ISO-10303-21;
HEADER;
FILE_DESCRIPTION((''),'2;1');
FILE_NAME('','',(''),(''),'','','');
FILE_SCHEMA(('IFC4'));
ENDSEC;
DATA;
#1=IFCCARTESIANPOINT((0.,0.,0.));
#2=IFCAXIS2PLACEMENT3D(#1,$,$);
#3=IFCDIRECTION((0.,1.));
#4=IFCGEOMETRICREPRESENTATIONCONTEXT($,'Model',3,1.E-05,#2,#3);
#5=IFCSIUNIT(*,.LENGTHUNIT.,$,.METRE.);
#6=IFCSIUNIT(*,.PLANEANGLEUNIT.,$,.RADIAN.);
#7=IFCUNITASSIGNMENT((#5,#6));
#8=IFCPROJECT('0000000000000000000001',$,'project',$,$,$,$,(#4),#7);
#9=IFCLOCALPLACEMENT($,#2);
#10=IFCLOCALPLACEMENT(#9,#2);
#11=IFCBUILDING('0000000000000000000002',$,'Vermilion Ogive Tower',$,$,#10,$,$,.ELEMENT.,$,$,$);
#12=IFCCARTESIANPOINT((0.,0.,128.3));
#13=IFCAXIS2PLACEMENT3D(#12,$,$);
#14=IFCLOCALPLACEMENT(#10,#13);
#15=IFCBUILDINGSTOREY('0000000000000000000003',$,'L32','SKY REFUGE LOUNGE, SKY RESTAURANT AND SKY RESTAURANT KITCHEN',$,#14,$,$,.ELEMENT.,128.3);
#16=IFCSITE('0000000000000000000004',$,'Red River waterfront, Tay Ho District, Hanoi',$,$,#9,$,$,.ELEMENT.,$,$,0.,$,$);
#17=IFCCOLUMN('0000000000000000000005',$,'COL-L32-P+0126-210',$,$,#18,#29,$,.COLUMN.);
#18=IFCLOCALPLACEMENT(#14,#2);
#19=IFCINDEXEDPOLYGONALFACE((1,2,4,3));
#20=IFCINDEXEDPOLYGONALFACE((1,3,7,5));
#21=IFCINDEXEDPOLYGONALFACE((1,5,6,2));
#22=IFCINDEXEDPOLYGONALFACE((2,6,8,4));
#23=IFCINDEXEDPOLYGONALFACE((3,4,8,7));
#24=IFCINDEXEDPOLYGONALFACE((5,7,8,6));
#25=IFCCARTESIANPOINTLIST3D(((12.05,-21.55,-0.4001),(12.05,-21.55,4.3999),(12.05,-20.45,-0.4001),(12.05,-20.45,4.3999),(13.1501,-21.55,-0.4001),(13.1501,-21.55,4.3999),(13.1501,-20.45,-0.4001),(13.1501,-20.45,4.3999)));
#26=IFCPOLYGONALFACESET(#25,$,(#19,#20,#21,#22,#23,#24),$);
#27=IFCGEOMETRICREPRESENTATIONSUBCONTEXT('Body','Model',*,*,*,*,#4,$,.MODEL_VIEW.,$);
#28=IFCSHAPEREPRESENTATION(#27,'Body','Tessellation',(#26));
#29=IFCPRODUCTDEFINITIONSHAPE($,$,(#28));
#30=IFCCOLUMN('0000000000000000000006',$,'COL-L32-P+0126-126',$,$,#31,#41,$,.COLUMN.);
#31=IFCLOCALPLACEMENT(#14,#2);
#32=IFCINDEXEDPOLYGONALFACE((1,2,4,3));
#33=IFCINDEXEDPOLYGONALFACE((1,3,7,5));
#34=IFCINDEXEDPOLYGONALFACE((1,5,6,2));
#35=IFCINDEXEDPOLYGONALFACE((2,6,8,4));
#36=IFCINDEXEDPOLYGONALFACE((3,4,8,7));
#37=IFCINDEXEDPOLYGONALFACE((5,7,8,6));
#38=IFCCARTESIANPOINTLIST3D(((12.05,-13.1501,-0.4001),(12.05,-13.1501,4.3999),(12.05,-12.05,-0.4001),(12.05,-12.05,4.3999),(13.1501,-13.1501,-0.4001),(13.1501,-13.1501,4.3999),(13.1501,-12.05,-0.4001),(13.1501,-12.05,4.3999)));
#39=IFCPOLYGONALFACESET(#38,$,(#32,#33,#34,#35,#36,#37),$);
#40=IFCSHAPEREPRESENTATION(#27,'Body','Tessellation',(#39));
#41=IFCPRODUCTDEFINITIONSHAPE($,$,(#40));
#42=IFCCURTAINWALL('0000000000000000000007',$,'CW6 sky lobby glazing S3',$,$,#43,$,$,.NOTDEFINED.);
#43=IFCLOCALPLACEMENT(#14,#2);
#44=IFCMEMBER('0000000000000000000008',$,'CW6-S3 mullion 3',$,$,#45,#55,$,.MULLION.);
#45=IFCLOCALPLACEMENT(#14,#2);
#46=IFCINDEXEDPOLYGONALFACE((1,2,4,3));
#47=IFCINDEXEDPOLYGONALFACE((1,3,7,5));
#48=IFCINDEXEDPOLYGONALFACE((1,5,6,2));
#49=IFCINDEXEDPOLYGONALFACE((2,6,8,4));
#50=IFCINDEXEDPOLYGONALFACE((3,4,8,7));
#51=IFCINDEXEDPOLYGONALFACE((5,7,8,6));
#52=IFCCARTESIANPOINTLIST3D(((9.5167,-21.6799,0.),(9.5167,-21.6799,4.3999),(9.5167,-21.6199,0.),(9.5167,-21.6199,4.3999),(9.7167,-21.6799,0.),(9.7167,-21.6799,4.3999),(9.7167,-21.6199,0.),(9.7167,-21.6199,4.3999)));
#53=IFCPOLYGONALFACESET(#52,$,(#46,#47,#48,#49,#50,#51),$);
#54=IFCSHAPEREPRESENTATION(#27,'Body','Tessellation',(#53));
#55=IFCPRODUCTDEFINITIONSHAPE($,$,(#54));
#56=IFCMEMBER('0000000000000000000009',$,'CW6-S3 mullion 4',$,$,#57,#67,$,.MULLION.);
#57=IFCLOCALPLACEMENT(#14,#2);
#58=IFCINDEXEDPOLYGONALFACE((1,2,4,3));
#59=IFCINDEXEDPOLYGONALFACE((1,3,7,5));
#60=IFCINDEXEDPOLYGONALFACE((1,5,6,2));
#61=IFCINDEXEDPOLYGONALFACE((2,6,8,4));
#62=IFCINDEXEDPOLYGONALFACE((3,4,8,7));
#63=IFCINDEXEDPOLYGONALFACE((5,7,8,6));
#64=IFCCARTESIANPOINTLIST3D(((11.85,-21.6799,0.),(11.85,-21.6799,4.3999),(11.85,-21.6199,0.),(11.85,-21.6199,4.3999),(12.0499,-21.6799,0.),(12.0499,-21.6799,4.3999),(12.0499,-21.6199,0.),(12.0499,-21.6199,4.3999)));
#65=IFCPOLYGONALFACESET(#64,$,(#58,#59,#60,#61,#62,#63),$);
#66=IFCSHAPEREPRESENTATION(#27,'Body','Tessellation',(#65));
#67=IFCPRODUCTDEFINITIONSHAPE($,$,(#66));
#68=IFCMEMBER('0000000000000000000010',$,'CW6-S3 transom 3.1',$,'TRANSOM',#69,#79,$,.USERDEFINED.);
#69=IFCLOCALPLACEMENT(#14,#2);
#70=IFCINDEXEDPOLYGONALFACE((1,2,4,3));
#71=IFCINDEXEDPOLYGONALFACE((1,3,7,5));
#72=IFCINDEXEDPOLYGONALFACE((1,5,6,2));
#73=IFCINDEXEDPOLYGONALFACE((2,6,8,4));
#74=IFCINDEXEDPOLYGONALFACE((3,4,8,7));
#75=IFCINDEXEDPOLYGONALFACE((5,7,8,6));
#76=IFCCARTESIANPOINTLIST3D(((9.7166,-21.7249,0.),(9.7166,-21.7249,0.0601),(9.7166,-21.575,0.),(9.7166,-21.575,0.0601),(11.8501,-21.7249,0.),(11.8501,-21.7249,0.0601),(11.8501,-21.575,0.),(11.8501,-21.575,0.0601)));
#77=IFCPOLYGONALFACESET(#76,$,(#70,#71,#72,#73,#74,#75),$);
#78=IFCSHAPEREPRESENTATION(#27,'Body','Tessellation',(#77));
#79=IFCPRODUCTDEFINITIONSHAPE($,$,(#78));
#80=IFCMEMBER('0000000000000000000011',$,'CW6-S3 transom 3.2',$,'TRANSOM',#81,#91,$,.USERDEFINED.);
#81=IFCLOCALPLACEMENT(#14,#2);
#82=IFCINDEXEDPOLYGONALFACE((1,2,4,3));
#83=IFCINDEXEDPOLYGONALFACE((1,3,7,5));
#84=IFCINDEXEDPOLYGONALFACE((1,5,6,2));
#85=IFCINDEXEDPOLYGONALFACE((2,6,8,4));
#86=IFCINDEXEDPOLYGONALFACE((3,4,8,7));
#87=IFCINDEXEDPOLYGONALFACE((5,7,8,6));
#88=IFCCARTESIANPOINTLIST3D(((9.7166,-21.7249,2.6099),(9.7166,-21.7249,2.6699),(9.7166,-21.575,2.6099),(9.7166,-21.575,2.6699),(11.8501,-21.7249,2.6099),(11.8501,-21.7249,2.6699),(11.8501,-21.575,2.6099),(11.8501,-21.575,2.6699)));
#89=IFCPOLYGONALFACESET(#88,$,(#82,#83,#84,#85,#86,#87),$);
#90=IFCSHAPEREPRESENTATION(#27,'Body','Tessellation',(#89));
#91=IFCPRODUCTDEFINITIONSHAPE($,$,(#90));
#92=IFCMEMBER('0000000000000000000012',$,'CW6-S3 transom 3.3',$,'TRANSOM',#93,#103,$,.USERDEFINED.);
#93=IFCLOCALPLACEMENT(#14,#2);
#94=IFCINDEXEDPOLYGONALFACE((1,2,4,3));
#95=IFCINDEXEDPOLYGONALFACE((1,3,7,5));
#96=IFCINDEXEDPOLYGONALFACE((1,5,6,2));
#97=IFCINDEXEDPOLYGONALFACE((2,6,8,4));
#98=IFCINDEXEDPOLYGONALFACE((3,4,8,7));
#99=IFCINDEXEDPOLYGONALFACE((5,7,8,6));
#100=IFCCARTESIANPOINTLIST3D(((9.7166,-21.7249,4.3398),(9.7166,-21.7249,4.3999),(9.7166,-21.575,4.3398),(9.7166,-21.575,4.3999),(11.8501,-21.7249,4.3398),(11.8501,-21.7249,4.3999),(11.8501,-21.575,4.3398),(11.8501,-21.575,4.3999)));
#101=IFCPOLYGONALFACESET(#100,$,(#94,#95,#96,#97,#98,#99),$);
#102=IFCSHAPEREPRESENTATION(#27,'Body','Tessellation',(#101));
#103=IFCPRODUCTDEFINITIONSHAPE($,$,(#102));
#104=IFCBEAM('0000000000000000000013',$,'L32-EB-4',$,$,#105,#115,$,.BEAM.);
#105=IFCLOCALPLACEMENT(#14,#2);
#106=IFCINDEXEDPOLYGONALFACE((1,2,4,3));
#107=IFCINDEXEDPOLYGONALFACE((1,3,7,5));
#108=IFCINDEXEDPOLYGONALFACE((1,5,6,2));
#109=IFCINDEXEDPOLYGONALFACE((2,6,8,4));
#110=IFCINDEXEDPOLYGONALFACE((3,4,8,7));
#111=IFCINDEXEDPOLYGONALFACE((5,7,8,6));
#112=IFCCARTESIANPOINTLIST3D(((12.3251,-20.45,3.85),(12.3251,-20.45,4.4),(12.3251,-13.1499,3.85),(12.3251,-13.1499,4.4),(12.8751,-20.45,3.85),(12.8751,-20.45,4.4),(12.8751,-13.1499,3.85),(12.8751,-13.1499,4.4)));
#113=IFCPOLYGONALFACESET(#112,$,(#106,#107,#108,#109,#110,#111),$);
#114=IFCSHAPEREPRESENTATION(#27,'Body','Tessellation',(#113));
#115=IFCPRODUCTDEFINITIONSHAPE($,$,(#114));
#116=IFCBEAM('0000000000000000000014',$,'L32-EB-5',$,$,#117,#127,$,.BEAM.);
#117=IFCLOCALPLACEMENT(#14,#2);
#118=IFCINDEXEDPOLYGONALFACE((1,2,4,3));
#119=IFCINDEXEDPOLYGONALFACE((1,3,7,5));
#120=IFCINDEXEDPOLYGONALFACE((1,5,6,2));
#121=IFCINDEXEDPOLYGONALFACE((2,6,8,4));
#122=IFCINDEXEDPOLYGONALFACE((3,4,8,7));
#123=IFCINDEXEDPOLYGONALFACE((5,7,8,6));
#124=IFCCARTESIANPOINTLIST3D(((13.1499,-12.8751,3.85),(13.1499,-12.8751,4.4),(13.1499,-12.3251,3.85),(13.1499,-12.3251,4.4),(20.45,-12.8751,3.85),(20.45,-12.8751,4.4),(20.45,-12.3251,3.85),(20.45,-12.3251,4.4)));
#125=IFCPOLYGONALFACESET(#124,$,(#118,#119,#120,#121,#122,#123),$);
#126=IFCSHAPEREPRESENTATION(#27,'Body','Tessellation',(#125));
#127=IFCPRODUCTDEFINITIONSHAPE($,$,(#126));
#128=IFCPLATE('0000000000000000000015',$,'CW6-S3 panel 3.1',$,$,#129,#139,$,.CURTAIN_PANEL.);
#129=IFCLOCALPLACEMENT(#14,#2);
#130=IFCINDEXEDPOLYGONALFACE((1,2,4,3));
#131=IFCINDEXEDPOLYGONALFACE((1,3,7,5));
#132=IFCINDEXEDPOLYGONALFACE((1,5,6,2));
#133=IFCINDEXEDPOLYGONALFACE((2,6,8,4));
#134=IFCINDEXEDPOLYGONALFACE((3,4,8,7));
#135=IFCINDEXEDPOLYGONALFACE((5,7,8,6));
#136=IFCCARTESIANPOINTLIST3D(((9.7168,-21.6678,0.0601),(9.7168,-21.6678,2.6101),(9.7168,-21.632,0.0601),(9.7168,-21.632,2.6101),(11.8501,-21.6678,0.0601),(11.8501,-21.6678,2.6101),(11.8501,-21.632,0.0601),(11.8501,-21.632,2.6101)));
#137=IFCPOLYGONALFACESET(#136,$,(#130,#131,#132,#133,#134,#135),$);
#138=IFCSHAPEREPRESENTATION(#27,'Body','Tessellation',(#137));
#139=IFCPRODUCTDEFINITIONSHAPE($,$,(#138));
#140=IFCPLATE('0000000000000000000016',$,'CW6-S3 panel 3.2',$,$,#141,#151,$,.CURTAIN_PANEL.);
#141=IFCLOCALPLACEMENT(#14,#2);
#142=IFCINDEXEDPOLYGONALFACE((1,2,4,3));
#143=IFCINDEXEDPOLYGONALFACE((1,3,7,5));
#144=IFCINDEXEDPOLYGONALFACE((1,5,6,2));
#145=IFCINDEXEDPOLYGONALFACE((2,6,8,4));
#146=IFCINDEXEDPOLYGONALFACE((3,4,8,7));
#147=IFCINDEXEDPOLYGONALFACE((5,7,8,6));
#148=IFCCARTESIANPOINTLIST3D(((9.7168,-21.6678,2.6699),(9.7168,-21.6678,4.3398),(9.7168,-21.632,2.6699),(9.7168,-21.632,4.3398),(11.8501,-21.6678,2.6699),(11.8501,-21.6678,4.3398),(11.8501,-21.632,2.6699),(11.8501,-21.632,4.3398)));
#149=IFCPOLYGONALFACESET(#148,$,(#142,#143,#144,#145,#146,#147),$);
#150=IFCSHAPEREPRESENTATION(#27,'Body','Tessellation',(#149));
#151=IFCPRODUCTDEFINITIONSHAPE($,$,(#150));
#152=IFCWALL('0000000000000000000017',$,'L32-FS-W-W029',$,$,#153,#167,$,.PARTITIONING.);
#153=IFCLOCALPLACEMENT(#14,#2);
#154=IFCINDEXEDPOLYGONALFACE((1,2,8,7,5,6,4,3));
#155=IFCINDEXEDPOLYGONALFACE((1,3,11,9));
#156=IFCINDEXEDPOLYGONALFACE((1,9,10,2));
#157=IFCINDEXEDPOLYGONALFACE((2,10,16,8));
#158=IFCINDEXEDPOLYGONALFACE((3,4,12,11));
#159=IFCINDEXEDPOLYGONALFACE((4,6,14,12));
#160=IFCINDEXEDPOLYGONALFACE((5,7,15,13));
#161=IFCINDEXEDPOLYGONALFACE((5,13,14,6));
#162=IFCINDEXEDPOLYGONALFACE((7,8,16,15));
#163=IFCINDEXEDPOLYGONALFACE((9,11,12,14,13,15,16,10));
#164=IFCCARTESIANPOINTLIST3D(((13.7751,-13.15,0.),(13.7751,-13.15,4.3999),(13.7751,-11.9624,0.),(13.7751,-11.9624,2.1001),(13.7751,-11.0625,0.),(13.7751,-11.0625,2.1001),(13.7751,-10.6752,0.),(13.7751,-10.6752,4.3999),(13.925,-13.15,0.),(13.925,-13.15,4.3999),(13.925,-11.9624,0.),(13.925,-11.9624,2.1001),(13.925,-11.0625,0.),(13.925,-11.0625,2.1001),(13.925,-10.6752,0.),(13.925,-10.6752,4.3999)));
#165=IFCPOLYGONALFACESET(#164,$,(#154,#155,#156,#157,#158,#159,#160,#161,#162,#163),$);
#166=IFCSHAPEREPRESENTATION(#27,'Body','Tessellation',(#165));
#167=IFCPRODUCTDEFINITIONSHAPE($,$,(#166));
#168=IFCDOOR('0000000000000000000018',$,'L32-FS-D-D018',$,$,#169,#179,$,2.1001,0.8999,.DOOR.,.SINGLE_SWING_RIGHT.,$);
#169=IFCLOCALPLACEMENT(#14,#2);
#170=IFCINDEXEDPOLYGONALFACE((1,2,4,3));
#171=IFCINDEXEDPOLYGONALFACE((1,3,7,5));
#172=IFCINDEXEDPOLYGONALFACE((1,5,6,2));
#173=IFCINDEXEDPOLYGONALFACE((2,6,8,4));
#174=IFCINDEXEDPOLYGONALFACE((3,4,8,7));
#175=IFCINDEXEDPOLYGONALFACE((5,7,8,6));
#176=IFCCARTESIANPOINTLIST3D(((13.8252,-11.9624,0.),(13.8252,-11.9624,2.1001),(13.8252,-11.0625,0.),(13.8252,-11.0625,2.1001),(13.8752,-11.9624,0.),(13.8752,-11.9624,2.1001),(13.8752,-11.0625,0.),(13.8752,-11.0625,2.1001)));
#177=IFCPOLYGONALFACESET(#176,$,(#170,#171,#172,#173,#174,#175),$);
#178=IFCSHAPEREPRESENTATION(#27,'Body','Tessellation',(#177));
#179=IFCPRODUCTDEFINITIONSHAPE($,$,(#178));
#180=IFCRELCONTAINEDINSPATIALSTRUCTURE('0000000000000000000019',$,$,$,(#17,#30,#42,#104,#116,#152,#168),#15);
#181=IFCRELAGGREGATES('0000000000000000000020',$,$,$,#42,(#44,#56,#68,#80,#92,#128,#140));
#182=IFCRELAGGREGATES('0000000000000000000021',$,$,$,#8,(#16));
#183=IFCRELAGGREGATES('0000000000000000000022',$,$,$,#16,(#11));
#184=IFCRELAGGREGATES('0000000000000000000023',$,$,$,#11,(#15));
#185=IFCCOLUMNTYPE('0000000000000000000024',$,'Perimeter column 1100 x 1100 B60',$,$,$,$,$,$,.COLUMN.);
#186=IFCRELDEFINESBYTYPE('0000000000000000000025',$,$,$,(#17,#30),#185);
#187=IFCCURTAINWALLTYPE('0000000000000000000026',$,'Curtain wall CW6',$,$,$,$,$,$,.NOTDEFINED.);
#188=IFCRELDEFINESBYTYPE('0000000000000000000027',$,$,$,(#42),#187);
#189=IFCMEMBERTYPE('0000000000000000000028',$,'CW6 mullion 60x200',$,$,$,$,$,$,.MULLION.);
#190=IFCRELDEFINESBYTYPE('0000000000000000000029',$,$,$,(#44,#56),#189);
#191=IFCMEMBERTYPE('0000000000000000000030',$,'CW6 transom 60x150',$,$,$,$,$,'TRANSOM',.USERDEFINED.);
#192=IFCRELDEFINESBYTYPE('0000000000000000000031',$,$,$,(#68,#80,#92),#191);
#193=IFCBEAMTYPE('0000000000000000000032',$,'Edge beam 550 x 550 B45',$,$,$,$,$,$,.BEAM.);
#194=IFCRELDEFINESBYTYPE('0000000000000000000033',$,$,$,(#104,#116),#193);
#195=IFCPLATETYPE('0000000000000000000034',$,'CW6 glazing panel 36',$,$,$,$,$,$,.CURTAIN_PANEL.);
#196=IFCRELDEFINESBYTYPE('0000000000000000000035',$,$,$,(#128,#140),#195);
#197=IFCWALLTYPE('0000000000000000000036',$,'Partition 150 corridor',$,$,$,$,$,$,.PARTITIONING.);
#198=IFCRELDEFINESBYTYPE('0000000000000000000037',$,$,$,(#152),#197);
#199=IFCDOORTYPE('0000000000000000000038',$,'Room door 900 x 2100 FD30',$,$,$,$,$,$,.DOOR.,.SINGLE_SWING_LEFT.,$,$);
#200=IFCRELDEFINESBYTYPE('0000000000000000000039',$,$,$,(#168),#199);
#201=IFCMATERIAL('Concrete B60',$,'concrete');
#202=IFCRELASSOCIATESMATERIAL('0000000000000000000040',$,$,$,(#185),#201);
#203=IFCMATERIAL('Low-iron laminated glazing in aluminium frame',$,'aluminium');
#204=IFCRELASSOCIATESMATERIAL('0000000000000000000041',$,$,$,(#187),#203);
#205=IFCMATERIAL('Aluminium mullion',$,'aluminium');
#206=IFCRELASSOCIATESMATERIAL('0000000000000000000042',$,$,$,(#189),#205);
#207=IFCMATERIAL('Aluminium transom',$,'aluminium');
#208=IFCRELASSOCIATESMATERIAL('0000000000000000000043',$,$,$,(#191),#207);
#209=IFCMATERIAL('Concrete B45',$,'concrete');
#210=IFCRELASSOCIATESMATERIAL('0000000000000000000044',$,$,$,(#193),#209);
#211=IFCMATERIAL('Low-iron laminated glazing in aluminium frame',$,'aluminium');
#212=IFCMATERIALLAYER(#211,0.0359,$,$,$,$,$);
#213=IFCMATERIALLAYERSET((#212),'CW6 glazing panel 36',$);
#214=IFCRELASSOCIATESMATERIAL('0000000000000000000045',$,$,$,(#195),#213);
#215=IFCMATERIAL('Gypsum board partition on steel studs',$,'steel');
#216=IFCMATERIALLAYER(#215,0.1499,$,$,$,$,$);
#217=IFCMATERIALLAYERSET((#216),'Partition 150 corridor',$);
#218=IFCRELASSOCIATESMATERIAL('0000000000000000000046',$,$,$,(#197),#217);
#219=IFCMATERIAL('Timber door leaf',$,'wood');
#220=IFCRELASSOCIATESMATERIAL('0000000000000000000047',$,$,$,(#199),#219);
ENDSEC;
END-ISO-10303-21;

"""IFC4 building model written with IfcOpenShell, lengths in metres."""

from ifc_helpers import new_model, si_unit, direction, frame, frame_2d, origin, origin_2d, place, context, subcontext, project, spatial, rectangle, extrude, material, layer, layer_set, material_profile, profile_set, type_object, element, fill, aggregate, save


model = new_model("IFC4")

# Units and contexts
model_context = context("Model", 3, precision=1e-05, world=origin(), true_north=direction((0.0, 1.0)))
body_context = subcontext(model_context, "Body", "Model", "MODEL_VIEW")
ifc_project = project(units=[si_unit("LENGTHUNIT", "METRE"), si_unit("PLANEANGLEUNIT", "RADIAN")], contexts=[model_context])

# Site, building, storey
site_placement = place(None, origin())
site = spatial("IfcSite", under=ifc_project, at=site_placement, Name="Red River waterfront, Tay Ho District, Hanoi", CompositionType="ELEMENT", RefElevation=0.0)
building_placement = place(site_placement, origin())
building = spatial("IfcBuilding", under=site, at=building_placement, Name="Vermilion Ogive Tower", CompositionType="ELEMENT")
storey_placement = place(building_placement, frame((0.0, 0.0, 128.3)))
storey = spatial("IfcBuildingStorey", under=building, at=storey_placement, Name="L32", Description="SKY REFUGE LOUNGE, SKY RESTAURANT AND SKY RESTAURANT KITCHEN", CompositionType="ELEMENT", Elevation=128.3)

# Columns
ifc_material_1 = material(Name="Concrete B60", Category="concrete")
ifc_material_profile_1 = material_profile(ifc_material_1, rectangle(XDim=1.1001, YDim=1.1001, at=origin_2d()), Name="1100 x 1100")
ifc_profile_set_1 = profile_set([ifc_material_profile_1], Name="Concrete B60")
column_type = type_object("IfcColumnType", Name="Perimeter column 1100 x 1100 B60", PredefinedType="COLUMN", material=ifc_profile_set_1)
for number, where, z_axis, x_axis, name in (
    (1, (12.6001, -21.0, -0.4001), (0.0, 0.0, 1.0), (1.0, 0.0, 0.0), "COL-L32-P+0126-210"),
    (2, (12.6001, -12.6001, -0.4001), (0.0, 0.0, 1.0), (1.0, 0.0, 0.0), "COL-L32-P+0126-126"),
):
    element("IfcColumn", number, at=place(storey_placement, frame(where, z_axis=z_axis, x_axis=x_axis)), inside=storey, type_object=column_type, Name=name, PredefinedType="COLUMN", context=body_context, shape_type="SweptSolid", body=[
        extrude(rectangle(XDim=1.1001, YDim=1.1001, at=origin_2d()), origin(), (0.0, 0.0, 1.0), 4.8),
    ])

# Curtain wall, members
ifc_material_2 = material(Name="Low-iron laminated glazing in aluminium frame", Category="aluminium")
curtain_wall_type = type_object("IfcCurtainWallType", Name="Curtain wall CW6", PredefinedType="NOTDEFINED", material=ifc_material_2)
curtain_wall_placement = place(storey_placement, origin())
curtain_wall = element("IfcCurtainWall", 3, at=curtain_wall_placement, inside=storey, type_object=curtain_wall_type, Name="CW6 sky lobby glazing S3", PredefinedType="NOTDEFINED")
ifc_material_3 = material(Name="Aluminium mullion", Category="aluminium")
ifc_material_profile_2 = material_profile(ifc_material_3, rectangle(XDim=0.0601, YDim=0.2, at=origin_2d()), Name="AL 60x200")
ifc_profile_set_2 = profile_set([ifc_material_profile_2], Name="Aluminium mullion")
member_type_1 = type_object("IfcMemberType", Name="CW6 mullion 60x200", PredefinedType="MULLION", material=ifc_profile_set_2)
member_1_placement = place(storey_placement, frame((9.6167, -21.6499, 0.0), z_axis=(0.0, 0.0, 1.0), x_axis=(0.0, 1.0, 0.0)))
member_1 = element("IfcMember", 4, at=member_1_placement, type_object=member_type_1, Name="CW6-S3 mullion 3", PredefinedType="MULLION", context=body_context, shape_type="SweptSolid", body=[
    extrude(rectangle(XDim=0.0601, YDim=0.2, at=origin_2d()), origin(), (0.0, 0.0, 1.0), 4.3999),
])
member_2_placement = place(storey_placement, frame((11.95, -21.6499, 0.0), z_axis=(0.0, 0.0, 1.0), x_axis=(0.0, 1.0, 0.0)))
member_2 = element("IfcMember", 5, at=member_2_placement, type_object=member_type_1, Name="CW6-S3 mullion 4", PredefinedType="MULLION", context=body_context, shape_type="SweptSolid", body=[
    extrude(rectangle(XDim=0.0601, YDim=0.2, at=origin_2d()), origin(), (0.0, 0.0, 1.0), 4.3999),
])
ifc_material_4 = material(Name="Aluminium transom", Category="aluminium")
ifc_material_profile_3 = material_profile(ifc_material_4, rectangle(XDim=0.1499, YDim=0.0601, at=origin_2d()), Name="AL 60x150")
ifc_profile_set_3 = profile_set([ifc_material_profile_3], Name="Aluminium transom")
member_type_2 = type_object("IfcMemberType", Name="CW6 transom 60x150", ElementType="TRANSOM", PredefinedType="USERDEFINED", material=ifc_profile_set_3)
member_3_placement = place(storey_placement, frame((9.7166, -21.6499, 0.03), z_axis=(1.0, 0.0, 0.0), x_axis=(0.0, 1.0, 0.0)))
member_3 = element("IfcMember", 6, at=member_3_placement, type_object=member_type_2, Name="CW6-S3 transom 3.1", ObjectType="TRANSOM", PredefinedType="USERDEFINED", context=body_context, shape_type="SweptSolid", body=[
    extrude(rectangle(XDim=0.1499, YDim=0.0601, at=origin_2d()), origin(), (0.0, 0.0, 1.0), 2.1335),
])
member_4_placement = place(storey_placement, frame((9.7166, -21.6499, 2.6399), z_axis=(1.0, 0.0, 0.0), x_axis=(0.0, 1.0, 0.0)))
member_4 = element("IfcMember", 7, at=member_4_placement, type_object=member_type_2, Name="CW6-S3 transom 3.2", ObjectType="TRANSOM", PredefinedType="USERDEFINED", context=body_context, shape_type="SweptSolid", body=[
    extrude(rectangle(XDim=0.1499, YDim=0.0601, at=origin_2d()), origin(), (0.0, 0.0, 1.0), 2.1335),
])
member_5_placement = place(storey_placement, frame((9.7166, -21.6499, 4.3699), z_axis=(1.0, 0.0, 0.0), x_axis=(0.0, 1.0, 0.0)))
member_5 = element("IfcMember", 8, at=member_5_placement, type_object=member_type_2, Name="CW6-S3 transom 3.3", ObjectType="TRANSOM", PredefinedType="USERDEFINED", context=body_context, shape_type="SweptSolid", body=[
    extrude(rectangle(XDim=0.1499, YDim=0.0601, at=origin_2d()), origin(), (0.0, 0.0, 1.0), 2.1335),
])

# Beams
ifc_material_5 = material(Name="Concrete B45", Category="concrete")
ifc_material_profile_4 = material_profile(ifc_material_5, rectangle(XDim=0.55, YDim=0.55, at=origin_2d()), Name="550 x 550")
ifc_profile_set_4 = profile_set([ifc_material_profile_4], Name="Concrete B45")
beam_type = type_object("IfcBeamType", Name="Edge beam 550 x 550 B45", PredefinedType="BEAM", material=ifc_profile_set_4)
for number, where, z_axis, x_axis, name in (
    (9, (12.6001, -20.45, 4.125), (0.0, 1.0, 0.0), (-1.0, 0.0, 0.0), "L32-EB-4"),
    (10, (13.1499, -12.6001, 4.125), (1.0, 0.0, 0.0), (0.0, 1.0, 0.0), "L32-EB-5"),
):
    element("IfcBeam", number, at=place(storey_placement, frame(where, z_axis=z_axis, x_axis=x_axis)), inside=storey, type_object=beam_type, Name=name, PredefinedType="BEAM", context=body_context, shape_type="SweptSolid", body=[
        extrude(rectangle(XDim=0.55, YDim=0.55, at=origin_2d()), origin(), (0.0, 0.0, 1.0), 7.3),
    ])

# Plates
ifc_material_6 = material(Name="Low-iron laminated glazing in aluminium frame", Category="aluminium")
ifc_layer_1 = layer(ifc_material_6, 0.0359)
ifc_layer_set_1 = layer_set([ifc_layer_1], Name="CW6 glazing panel 36")
plate_type = type_object("IfcPlateType", Name="CW6 glazing panel 36", PredefinedType="CURTAIN_PANEL", material=ifc_layer_set_1)
plate_1_placement = place(storey_placement, frame((10.7834, -21.6499, 0.0601), z_axis=(0.0, 0.0, 1.0), x_axis=(1.0, 0.0, 0.0)))
plate_1 = element("IfcPlate", 11, at=plate_1_placement, type_object=plate_type, Name="CW6-S3 panel 3.1", PredefinedType="CURTAIN_PANEL", context=body_context, shape_type="SweptSolid", body=[
    extrude(rectangle(XDim=2.1333, YDim=0.0359, at=origin_2d()), origin(), (0.0, 0.0, 1.0), 2.55),
])
plate_2_placement = place(storey_placement, frame((10.7834, -21.6499, 2.6699), z_axis=(0.0, 0.0, 1.0), x_axis=(1.0, 0.0, 0.0)))
plate_2 = element("IfcPlate", 12, at=plate_2_placement, type_object=plate_type, Name="CW6-S3 panel 3.2", PredefinedType="CURTAIN_PANEL", context=body_context, shape_type="SweptSolid", body=[
    extrude(rectangle(XDim=2.1333, YDim=0.0359, at=origin_2d()), origin(), (0.0, 0.0, 1.0), 1.6699),
])
aggregate(curtain_wall, [member_1, member_2, member_3, member_4, member_5, plate_1, plate_2])

# Wall, opening, door
ifc_material_7 = material(Name="Gypsum board partition on steel studs", Category="steel")
ifc_layer_2 = layer(ifc_material_7, 0.1499)
ifc_layer_set_2 = layer_set([ifc_layer_2], Name="Partition 150 corridor")
wall_type_1 = type_object("IfcWallType", Name="Partition 150 corridor", PredefinedType="PARTITIONING", material=ifc_layer_set_2)
wall_1_placement = place(storey_placement, frame((13.8501, -13.1499, 0.0), z_axis=(0.0, 0.0, 1.0), x_axis=(0.0, 1.0, 0.0)))
wall_1 = element("IfcWall", 13, at=wall_1_placement, inside=storey, type_object=wall_type_1, Name="L32-FS-W-W029", PredefinedType="PARTITIONING", context=body_context, shape_type="SweptSolid", body=[
    extrude(rectangle(XDim=2.4749, YDim=0.1499, at=frame_2d((1.2373, 0.0))), origin(), (0.0, 0.0, 1.0), 4.3999),
])
opening_1_placement = place(wall_1_placement, frame((1.1875, 0.0, 0.0)))
opening_1 = element("IfcOpeningElement", 14, at=opening_1_placement, cuts=wall_1, PredefinedType="OPENING", context=body_context, shape_type="SweptSolid", body=[
    extrude(rectangle(XDim=0.8999, YDim=2.1001, at=frame_2d((0.45, 1.05))), frame((0.0, 0.085, 0.0), z_axis=(0.0, -1.0, 0.0), x_axis=(1.0, 0.0, 0.0)), (0.0, 0.0, 1.0), 0.1699),
])
ifc_material_8 = material(Name="Timber door leaf", Category="wood")
door_type_1 = type_object("IfcDoorType", Name="Room door 900 x 2100 FD30", OperationType="SINGLE_SWING_LEFT", PredefinedType="DOOR", material=ifc_material_8)
door_1_placement = place(opening_1_placement, origin())
door_1 = element("IfcDoor", 15, at=door_1_placement, inside=storey, type_object=door_type_1, Name="L32-FS-D-D018", OperationType="SINGLE_SWING_RIGHT", OverallHeight=2.1001, OverallWidth=0.8999, PredefinedType="DOOR", context=body_context, shape_type="SweptSolid", body=[
    extrude(rectangle(XDim=0.8999, YDim=2.1001, at=frame_2d((0.45, 1.05))), frame((0.0, 0.0249, 0.0), z_axis=(0.0, -1.0, 0.0), x_axis=(1.0, 0.0, 0.0)), (0.0, 0.0, 1.0), 0.05),
])
fill(opening_1, door_1)

save(model, "model.ifc")
